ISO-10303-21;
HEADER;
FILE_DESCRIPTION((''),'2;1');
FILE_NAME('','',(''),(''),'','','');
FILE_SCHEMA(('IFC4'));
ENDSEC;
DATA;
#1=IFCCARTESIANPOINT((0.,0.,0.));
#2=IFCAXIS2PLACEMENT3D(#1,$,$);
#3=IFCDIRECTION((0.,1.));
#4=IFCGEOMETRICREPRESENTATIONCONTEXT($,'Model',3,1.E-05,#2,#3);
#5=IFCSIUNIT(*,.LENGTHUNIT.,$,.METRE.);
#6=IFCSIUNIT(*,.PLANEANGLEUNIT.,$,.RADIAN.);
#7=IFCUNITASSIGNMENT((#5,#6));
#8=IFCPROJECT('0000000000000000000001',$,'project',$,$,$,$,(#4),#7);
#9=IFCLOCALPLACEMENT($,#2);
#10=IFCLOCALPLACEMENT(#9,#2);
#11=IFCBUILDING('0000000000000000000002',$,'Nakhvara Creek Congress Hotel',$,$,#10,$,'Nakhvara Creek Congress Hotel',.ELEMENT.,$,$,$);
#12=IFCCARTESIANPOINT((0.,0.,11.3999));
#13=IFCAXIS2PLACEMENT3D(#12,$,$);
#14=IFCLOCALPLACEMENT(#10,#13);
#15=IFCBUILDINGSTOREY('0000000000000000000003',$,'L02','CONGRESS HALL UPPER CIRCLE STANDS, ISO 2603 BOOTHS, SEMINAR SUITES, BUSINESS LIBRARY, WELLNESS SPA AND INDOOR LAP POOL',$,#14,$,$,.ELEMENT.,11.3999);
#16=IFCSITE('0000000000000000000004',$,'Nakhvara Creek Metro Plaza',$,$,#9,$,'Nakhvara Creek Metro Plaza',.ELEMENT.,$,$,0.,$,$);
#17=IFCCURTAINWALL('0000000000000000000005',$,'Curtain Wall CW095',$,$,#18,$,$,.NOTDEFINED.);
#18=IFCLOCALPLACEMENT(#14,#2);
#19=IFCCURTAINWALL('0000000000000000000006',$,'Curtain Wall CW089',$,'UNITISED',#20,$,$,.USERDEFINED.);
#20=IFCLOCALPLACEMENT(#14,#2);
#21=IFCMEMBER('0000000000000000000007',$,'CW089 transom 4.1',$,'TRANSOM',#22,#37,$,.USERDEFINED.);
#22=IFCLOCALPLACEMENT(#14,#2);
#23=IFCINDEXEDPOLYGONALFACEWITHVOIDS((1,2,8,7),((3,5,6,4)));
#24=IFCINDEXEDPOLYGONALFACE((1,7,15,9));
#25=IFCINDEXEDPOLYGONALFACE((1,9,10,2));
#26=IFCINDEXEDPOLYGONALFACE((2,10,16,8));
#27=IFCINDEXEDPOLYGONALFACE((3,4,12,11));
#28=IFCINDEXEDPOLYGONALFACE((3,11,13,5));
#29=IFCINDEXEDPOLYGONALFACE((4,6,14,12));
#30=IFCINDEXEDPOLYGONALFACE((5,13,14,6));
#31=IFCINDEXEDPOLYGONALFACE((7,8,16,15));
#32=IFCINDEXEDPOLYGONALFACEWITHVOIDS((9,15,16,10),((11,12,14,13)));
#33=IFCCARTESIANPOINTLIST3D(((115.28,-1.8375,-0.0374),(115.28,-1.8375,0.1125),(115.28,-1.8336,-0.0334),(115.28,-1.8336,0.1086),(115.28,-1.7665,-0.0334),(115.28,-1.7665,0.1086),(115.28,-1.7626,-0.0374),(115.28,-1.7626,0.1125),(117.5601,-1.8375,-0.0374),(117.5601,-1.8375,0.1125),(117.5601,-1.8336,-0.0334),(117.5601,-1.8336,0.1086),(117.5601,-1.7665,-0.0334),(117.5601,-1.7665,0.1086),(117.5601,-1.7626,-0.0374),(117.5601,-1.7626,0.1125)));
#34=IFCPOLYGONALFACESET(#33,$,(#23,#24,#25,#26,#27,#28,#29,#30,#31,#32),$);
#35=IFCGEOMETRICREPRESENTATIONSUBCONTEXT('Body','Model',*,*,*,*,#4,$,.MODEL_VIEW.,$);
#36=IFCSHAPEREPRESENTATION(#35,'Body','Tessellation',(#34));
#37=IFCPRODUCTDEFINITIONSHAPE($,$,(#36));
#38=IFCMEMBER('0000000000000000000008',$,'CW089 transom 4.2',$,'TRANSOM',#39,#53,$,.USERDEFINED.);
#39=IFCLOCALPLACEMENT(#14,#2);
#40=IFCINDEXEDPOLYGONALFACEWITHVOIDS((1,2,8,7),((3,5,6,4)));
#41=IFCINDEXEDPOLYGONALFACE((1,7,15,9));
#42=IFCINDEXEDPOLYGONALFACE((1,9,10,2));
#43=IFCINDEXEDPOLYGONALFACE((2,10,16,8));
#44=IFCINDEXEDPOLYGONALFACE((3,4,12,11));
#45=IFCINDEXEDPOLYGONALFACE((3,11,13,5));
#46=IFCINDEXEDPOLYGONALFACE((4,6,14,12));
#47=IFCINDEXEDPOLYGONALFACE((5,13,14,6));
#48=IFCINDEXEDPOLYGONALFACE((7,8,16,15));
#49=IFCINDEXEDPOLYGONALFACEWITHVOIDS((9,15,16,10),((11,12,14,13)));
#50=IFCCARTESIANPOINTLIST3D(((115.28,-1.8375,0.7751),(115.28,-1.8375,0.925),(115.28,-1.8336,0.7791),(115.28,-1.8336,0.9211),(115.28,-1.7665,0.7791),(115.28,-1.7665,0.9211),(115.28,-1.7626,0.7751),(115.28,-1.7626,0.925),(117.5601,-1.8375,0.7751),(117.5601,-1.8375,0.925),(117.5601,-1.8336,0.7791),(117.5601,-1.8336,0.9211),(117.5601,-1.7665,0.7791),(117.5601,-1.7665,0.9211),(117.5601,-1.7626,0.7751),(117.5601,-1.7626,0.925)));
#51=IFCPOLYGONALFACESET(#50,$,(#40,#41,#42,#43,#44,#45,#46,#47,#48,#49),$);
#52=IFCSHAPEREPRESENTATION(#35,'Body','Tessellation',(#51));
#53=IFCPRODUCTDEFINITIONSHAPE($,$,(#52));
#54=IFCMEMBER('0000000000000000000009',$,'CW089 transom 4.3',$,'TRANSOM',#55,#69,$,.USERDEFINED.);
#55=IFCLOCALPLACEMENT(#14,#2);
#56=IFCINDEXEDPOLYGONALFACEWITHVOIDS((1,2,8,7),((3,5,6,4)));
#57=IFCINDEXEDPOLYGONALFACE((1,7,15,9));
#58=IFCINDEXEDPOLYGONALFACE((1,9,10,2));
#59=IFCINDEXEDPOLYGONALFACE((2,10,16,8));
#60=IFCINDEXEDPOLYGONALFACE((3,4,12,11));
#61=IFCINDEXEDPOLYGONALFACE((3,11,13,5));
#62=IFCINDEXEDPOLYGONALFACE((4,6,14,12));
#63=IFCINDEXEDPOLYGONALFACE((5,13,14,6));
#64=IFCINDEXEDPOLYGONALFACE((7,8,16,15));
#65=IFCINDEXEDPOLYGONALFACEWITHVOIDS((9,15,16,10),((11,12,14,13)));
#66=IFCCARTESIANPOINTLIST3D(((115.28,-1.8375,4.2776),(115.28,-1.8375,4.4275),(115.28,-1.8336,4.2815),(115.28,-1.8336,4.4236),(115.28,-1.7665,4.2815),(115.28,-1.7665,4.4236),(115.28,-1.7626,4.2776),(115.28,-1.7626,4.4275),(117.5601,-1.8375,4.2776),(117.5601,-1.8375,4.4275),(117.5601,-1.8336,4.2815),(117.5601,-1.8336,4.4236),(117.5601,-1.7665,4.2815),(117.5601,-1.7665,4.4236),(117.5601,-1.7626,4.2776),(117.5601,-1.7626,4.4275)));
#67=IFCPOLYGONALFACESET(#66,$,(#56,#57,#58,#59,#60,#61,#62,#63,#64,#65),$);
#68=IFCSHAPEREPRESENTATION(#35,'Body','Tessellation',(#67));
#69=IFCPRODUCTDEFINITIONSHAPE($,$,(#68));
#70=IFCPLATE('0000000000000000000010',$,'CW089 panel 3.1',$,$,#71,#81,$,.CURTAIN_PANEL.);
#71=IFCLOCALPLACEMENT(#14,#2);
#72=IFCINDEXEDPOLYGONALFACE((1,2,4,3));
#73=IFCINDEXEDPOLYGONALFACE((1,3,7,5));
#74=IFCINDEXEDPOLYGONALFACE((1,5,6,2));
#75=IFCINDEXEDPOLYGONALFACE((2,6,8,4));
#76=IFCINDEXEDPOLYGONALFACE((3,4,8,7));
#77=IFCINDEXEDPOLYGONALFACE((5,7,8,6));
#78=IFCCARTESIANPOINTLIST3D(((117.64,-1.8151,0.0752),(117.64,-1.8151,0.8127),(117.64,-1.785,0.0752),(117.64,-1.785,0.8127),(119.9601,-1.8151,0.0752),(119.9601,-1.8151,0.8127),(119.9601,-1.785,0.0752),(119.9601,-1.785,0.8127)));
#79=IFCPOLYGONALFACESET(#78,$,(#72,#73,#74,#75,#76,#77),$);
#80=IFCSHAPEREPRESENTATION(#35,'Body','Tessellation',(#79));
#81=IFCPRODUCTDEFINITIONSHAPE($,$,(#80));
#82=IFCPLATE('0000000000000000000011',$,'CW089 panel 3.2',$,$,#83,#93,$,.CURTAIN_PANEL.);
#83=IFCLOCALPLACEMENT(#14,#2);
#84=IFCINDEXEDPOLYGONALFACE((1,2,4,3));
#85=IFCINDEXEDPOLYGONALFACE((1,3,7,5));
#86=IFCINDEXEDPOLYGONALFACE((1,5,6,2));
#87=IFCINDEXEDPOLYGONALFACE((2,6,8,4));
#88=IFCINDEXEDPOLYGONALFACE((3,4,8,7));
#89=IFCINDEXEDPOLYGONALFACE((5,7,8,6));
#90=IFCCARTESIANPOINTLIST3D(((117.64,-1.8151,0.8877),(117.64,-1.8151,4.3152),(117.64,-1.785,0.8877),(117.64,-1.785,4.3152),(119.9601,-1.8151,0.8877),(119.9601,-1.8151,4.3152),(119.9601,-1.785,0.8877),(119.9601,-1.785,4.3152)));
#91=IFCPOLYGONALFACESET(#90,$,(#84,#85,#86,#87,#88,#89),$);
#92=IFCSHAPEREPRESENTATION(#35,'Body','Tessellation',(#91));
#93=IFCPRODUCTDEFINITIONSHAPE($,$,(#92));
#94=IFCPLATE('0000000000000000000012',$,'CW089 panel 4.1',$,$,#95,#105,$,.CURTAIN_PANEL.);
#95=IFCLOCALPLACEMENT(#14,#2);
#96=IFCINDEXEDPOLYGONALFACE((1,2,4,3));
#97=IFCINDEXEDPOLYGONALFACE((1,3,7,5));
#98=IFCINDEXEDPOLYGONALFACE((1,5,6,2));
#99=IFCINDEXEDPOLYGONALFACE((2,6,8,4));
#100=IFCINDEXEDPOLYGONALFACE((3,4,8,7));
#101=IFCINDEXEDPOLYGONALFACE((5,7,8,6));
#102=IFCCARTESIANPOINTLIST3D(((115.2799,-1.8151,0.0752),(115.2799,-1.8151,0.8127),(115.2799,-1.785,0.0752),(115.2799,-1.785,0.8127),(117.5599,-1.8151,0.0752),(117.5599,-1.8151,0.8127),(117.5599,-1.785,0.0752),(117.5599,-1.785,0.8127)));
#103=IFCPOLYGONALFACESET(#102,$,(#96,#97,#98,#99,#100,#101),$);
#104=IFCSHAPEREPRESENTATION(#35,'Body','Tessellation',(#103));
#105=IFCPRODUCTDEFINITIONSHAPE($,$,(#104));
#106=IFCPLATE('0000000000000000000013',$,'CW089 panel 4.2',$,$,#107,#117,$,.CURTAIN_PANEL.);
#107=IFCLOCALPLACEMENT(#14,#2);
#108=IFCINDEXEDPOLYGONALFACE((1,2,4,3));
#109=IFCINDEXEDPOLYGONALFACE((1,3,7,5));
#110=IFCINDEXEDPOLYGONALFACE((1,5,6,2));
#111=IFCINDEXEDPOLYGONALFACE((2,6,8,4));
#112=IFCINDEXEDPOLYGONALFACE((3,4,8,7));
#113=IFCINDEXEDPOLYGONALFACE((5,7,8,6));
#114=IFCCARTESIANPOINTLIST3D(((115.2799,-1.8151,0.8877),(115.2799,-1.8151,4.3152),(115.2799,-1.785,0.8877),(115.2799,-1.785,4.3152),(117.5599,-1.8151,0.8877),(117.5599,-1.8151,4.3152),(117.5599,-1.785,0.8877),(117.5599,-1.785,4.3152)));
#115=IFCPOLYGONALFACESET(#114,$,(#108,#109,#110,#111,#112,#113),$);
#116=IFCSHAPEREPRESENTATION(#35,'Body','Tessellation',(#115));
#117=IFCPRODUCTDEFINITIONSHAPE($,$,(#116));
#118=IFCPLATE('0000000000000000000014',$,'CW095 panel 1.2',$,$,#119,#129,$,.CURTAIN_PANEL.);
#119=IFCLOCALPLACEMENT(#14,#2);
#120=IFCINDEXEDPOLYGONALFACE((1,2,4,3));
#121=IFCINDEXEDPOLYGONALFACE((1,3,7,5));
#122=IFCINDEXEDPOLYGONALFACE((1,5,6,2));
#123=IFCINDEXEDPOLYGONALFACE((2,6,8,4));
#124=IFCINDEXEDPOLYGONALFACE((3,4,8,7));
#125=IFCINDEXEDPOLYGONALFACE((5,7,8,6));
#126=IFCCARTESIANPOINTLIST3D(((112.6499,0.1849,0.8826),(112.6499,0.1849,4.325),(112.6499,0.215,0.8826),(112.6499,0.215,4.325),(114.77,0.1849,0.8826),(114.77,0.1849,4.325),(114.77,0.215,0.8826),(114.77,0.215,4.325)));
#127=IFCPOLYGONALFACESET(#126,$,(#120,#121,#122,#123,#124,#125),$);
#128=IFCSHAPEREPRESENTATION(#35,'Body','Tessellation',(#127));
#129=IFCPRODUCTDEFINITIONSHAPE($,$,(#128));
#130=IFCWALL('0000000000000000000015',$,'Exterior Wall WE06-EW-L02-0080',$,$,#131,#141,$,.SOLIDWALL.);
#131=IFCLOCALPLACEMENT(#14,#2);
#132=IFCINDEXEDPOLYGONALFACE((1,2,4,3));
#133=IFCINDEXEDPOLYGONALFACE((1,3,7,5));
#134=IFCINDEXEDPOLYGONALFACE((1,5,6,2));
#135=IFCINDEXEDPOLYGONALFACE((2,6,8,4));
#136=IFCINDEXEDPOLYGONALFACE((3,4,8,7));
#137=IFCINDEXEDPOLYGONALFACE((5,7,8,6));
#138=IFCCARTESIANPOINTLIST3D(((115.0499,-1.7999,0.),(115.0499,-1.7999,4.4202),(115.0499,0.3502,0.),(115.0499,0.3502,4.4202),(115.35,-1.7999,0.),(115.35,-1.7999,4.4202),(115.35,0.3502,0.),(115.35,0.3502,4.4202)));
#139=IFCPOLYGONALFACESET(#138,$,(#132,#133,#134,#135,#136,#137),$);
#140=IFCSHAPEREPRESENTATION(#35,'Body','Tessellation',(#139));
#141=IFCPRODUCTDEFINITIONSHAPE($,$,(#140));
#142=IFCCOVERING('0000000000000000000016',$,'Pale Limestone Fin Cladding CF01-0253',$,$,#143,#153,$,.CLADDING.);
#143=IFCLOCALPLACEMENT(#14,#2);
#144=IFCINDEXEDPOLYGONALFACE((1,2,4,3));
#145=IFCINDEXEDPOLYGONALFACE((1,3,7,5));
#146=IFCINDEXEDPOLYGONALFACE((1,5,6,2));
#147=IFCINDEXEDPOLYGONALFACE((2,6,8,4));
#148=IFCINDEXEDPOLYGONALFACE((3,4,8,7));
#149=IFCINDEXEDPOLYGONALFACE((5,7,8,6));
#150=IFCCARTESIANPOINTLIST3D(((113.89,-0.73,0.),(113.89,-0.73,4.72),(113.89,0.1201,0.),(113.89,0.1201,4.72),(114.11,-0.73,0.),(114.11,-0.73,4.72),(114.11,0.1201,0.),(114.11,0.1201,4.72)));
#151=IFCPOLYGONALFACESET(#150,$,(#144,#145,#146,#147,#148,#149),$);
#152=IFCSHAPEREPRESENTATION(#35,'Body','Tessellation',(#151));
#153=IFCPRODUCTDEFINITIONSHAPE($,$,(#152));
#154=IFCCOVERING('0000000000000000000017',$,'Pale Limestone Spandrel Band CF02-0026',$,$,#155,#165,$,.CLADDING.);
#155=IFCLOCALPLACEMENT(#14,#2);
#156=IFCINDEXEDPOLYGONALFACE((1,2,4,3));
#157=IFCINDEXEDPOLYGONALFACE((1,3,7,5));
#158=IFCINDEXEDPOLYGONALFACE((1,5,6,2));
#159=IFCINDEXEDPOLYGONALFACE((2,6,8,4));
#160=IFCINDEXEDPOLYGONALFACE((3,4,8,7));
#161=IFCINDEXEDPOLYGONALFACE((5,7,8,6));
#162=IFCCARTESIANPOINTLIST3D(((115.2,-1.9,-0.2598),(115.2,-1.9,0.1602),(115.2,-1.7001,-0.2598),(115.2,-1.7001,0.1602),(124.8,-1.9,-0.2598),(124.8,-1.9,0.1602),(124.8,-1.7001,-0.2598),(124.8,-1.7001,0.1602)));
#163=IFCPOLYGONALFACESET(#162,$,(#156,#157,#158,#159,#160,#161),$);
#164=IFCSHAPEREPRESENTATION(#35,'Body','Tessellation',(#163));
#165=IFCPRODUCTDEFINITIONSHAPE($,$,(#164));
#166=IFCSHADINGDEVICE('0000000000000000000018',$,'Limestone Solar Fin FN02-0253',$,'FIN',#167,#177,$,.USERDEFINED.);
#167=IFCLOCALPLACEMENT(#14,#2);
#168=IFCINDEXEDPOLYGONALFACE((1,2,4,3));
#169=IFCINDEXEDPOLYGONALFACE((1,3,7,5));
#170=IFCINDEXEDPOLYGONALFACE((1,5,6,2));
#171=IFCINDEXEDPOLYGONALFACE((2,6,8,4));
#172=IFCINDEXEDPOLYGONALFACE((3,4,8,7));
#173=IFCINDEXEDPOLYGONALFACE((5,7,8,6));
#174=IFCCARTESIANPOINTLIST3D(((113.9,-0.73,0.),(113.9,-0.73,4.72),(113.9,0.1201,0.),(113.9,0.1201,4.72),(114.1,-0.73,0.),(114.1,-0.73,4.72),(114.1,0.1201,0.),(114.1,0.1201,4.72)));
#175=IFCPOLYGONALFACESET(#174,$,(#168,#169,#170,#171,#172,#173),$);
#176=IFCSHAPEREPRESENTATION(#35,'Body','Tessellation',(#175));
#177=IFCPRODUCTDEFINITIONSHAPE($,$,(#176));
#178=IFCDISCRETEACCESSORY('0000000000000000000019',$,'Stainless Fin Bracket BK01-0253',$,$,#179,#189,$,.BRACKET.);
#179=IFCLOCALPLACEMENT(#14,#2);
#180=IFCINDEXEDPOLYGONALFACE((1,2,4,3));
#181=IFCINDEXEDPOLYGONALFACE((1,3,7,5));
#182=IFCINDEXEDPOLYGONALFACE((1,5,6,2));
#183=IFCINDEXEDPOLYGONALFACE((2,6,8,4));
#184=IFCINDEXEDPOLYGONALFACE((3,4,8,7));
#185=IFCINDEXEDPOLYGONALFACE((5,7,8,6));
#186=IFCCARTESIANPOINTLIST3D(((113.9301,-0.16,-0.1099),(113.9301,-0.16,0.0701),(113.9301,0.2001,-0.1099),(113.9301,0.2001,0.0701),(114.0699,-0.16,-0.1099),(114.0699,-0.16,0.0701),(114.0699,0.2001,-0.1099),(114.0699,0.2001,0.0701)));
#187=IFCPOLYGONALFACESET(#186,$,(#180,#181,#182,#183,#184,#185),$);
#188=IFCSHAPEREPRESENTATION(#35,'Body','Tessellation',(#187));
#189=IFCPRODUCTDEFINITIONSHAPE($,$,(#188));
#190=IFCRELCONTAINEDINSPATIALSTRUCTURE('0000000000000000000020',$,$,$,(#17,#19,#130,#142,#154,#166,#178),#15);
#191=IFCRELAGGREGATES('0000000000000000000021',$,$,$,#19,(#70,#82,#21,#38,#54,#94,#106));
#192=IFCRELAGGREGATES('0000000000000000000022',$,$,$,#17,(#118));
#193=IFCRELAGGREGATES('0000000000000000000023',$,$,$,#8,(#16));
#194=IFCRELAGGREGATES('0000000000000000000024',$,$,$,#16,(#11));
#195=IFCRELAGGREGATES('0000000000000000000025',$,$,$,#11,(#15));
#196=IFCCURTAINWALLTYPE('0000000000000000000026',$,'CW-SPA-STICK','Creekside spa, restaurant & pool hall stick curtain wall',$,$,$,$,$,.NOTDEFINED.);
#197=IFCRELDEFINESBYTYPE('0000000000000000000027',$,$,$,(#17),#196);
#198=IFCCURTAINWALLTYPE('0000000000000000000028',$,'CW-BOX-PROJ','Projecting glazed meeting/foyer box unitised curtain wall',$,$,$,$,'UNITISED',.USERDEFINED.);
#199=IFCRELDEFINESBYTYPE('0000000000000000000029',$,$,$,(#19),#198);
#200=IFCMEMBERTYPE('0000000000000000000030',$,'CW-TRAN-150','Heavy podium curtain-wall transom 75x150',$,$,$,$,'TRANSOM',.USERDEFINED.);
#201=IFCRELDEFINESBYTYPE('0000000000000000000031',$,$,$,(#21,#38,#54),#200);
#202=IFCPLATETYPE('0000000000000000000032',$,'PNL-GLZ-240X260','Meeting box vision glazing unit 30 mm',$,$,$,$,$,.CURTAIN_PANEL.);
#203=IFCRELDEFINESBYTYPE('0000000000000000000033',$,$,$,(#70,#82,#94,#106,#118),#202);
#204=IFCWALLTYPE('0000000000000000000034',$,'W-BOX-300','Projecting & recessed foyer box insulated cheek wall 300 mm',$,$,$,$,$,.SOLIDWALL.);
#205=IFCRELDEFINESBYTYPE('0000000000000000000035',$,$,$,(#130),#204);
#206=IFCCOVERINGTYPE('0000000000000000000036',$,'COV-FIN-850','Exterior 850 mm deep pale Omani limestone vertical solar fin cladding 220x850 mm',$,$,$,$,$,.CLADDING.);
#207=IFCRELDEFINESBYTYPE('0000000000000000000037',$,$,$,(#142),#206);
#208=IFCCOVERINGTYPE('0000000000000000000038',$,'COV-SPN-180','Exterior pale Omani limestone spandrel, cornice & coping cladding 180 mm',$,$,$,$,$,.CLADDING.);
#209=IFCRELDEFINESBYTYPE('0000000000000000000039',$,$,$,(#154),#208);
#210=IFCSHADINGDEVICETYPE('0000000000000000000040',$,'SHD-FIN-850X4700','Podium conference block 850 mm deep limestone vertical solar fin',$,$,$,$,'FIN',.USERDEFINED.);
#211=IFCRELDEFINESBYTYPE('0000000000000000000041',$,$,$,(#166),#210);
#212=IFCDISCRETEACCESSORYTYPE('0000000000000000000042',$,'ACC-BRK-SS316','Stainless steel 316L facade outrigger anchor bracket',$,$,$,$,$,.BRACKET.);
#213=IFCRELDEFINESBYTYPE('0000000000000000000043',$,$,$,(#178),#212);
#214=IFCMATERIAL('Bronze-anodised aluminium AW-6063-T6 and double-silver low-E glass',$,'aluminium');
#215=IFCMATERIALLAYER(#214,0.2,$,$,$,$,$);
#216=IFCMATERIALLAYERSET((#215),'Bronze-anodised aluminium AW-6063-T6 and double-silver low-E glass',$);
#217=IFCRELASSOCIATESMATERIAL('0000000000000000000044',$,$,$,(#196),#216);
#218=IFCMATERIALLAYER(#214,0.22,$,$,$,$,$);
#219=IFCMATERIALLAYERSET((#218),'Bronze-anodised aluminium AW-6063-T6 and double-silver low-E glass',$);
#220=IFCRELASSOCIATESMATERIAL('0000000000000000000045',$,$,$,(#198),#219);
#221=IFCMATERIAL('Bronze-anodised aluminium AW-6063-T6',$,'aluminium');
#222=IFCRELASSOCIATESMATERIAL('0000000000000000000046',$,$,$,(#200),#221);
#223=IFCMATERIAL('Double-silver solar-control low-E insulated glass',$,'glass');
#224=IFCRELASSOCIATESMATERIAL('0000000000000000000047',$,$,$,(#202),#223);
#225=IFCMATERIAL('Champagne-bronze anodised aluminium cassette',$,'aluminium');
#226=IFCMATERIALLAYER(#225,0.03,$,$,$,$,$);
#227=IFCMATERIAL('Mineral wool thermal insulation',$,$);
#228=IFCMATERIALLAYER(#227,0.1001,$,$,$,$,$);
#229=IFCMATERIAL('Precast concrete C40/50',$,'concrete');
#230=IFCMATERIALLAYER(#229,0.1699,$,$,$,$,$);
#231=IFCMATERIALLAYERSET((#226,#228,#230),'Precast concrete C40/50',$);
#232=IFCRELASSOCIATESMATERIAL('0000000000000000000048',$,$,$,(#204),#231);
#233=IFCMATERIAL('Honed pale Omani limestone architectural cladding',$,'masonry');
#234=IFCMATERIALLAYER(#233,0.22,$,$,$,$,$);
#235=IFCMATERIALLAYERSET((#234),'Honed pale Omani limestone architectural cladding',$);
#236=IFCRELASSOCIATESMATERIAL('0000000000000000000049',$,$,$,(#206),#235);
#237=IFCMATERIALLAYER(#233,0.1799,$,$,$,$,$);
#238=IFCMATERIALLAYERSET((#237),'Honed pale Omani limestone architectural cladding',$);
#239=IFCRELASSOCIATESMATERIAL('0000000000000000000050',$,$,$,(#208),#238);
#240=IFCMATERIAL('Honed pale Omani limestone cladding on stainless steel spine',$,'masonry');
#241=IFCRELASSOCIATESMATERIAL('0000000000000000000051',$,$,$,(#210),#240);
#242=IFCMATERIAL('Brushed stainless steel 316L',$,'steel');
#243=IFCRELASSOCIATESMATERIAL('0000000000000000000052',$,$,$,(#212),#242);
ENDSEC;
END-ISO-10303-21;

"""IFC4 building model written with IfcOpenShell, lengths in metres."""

from ifc_helpers import new_model, si_unit, direction, frame, frame_2d, origin, origin_2d, place, context, subcontext, project, spatial, rectangle, hollow_rectangle, extrude, material, layer, layer_set, material_profile, profile_set, type_object, element, aggregate, save


model = new_model("IFC4")

# Units and contexts
model_context = context("Model", 3, precision=1e-05, world=origin(), true_north=direction((0.0, 1.0)))
body_context = subcontext(model_context, "Body", "Model", "MODEL_VIEW")
ifc_project = project(units=[si_unit("LENGTHUNIT", "METRE"), si_unit("PLANEANGLEUNIT", "RADIAN")], contexts=[model_context])

# Site, building, storey
site_placement = place(None, origin())
site = spatial("IfcSite", under=ifc_project, at=site_placement, Name="Nakhvara Creek Metro Plaza", LongName="Nakhvara Creek Metro Plaza", CompositionType="ELEMENT", RefElevation=0.0)
building_placement = place(site_placement, origin())
building = spatial("IfcBuilding", under=site, at=building_placement, Name="Nakhvara Creek Congress Hotel", LongName="Nakhvara Creek Congress Hotel", CompositionType="ELEMENT")
storey_placement = place(building_placement, frame((0.0, 0.0, 11.3999)))
storey = spatial("IfcBuildingStorey", under=building, at=storey_placement, Name="L02", Description="CONGRESS HALL UPPER CIRCLE STANDS, ISO 2603 BOOTHS, SEMINAR SUITES, BUSINESS LIBRARY, WELLNESS SPA AND INDOOR LAP POOL", CompositionType="ELEMENT", Elevation=11.3999)

# Curtain wall
ifc_material_1 = material(Name="Bronze-anodised aluminium AW-6063-T6 and double-silver low-E glass", Category="aluminium")
ifc_layer_1 = layer(ifc_material_1, 0.2)
ifc_layer_set_1 = layer_set([ifc_layer_1], Name="Bronze-anodised aluminium AW-6063-T6 and double-silver low-E glass")
curtain_wall_type_1 = type_object("IfcCurtainWallType", Name="CW-SPA-STICK", Description="Creekside spa, restaurant & pool hall stick curtain wall", PredefinedType="NOTDEFINED", material=ifc_layer_set_1)
curtain_wall_1_placement = place(storey_placement, origin())
curtain_wall_1 = element("IfcCurtainWall", 1, at=curtain_wall_1_placement, inside=storey, type_object=curtain_wall_type_1, Name="Curtain Wall CW095", PredefinedType="NOTDEFINED")
ifc_material_2 = material(Name="Bronze-anodised aluminium AW-6063-T6", Category="aluminium")

# Curtain wall
ifc_layer_2 = layer(ifc_material_1, 0.22)
ifc_layer_set_2 = layer_set([ifc_layer_2], Name="Bronze-anodised aluminium AW-6063-T6 and double-silver low-E glass")
curtain_wall_type_2 = type_object("IfcCurtainWallType", Name="CW-BOX-PROJ", Description="Projecting glazed meeting/foyer box unitised curtain wall", ElementType="UNITISED", PredefinedType="USERDEFINED", material=ifc_layer_set_2)
curtain_wall_2_placement = place(storey_placement, origin())
curtain_wall_2 = element("IfcCurtainWall", 2, at=curtain_wall_2_placement, inside=storey, type_object=curtain_wall_type_2, Name="Curtain Wall CW089", ObjectType="UNITISED", PredefinedType="USERDEFINED")

# Members
ifc_material_profile_1 = material_profile(ifc_material_2, hollow_rectangle(XDim=0.075, YDim=0.1499, WallThickness=0.0039, at=origin_2d()), Name="ALU-TRAN 75x150x4", Category="LoadBearing")
ifc_profile_set_1 = profile_set([ifc_material_profile_1], Name="Bronze-anodised aluminium AW-6063-T6")
member_type_1 = type_object("IfcMemberType", Name="CW-TRAN-150", Description="Heavy podium curtain-wall transom 75x150", ElementType="TRANSOM", PredefinedType="USERDEFINED", material=ifc_profile_set_1)
member_1_placement = place(storey_placement, frame((117.5601, -1.8, 0.0376), z_axis=(-1.0, 0.0, 0.0), x_axis=(0.0, -1.0, 0.0)))
member_1 = element("IfcMember", 3, at=member_1_placement, type_object=member_type_1, Name="CW089 transom 4.1", ObjectType="TRANSOM", PredefinedType="USERDEFINED", context=body_context, shape_type="SweptSolid", body=[
    extrude(hollow_rectangle(XDim=0.075, YDim=0.1499, WallThickness=0.0039, at=origin_2d()), origin(), (0.0, 0.0, 1.0), 2.28),
])
member_2_placement = place(storey_placement, frame((117.5601, -1.8, 0.8501), z_axis=(-1.0, 0.0, 0.0), x_axis=(0.0, -1.0, 0.0)))
member_2 = element("IfcMember", 4, at=member_2_placement, type_object=member_type_1, Name="CW089 transom 4.2", ObjectType="TRANSOM", PredefinedType="USERDEFINED", context=body_context, shape_type="SweptSolid", body=[
    extrude(hollow_rectangle(XDim=0.075, YDim=0.1499, WallThickness=0.0039, at=origin_2d()), origin(), (0.0, 0.0, 1.0), 2.28),
])
member_3_placement = place(storey_placement, frame((117.5601, -1.8, 4.3525), z_axis=(-1.0, 0.0, 0.0), x_axis=(0.0, -1.0, 0.0)))
member_3 = element("IfcMember", 5, at=member_3_placement, type_object=member_type_1, Name="CW089 transom 4.3", ObjectType="TRANSOM", PredefinedType="USERDEFINED", context=body_context, shape_type="SweptSolid", body=[
    extrude(hollow_rectangle(XDim=0.075, YDim=0.1499, WallThickness=0.0039, at=origin_2d()), origin(), (0.0, 0.0, 1.0), 2.28),
])

# Plates
ifc_material_3 = material(Name="Double-silver solar-control low-E insulated glass", Category="glass")
plate_type = type_object("IfcPlateType", Name="PNL-GLZ-240X260", Description="Meeting box vision glazing unit 30 mm", PredefinedType="CURTAIN_PANEL", material=ifc_material_3)
plate_1_placement = place(storey_placement, frame((118.8, -1.8, 0.0752), z_axis=(0.0, 0.0, 1.0), x_axis=(-1.0, 0.0, 0.0)))
plate_1 = element("IfcPlate", 6, at=plate_1_placement, type_object=plate_type, Name="CW089 panel 3.1", PredefinedType="CURTAIN_PANEL", context=body_context, shape_type="SweptSolid", body=[
    extrude(rectangle(XDim=2.3201, YDim=0.03, at=origin_2d()), origin(), (0.0, 0.0, 1.0), 0.7375),
])
plate_2_placement = place(storey_placement, frame((118.8, -1.8, 0.8877), z_axis=(0.0, 0.0, 1.0), x_axis=(-1.0, 0.0, 0.0)))
plate_2 = element("IfcPlate", 7, at=plate_2_placement, type_object=plate_type, Name="CW089 panel 3.2", PredefinedType="CURTAIN_PANEL", context=body_context, shape_type="SweptSolid", body=[
    extrude(rectangle(XDim=2.3201, YDim=0.03, at=origin_2d()), origin(), (0.0, 0.0, 1.0), 3.4275),
])
plate_3_placement = place(storey_placement, frame((116.4199, -1.8, 0.0752), z_axis=(0.0, 0.0, 1.0), x_axis=(-1.0, 0.0, 0.0)))
plate_3 = element("IfcPlate", 8, at=plate_3_placement, type_object=plate_type, Name="CW089 panel 4.1", PredefinedType="CURTAIN_PANEL", context=body_context, shape_type="SweptSolid", body=[
    extrude(rectangle(XDim=2.28, YDim=0.03, at=origin_2d()), origin(), (0.0, 0.0, 1.0), 0.7375),
])
plate_4_placement = place(storey_placement, frame((116.4199, -1.8, 0.8877), z_axis=(0.0, 0.0, 1.0), x_axis=(-1.0, 0.0, 0.0)))
plate_4 = element("IfcPlate", 9, at=plate_4_placement, type_object=plate_type, Name="CW089 panel 4.2", PredefinedType="CURTAIN_PANEL", context=body_context, shape_type="SweptSolid", body=[
    extrude(rectangle(XDim=2.28, YDim=0.03, at=origin_2d()), origin(), (0.0, 0.0, 1.0), 3.4275),
])
aggregate(curtain_wall_2, [plate_1, plate_2, member_1, member_2, member_3, plate_3, plate_4])
plate_5_placement = place(storey_placement, frame((113.71, 0.2, 0.8826), z_axis=(0.0, 0.0, 1.0), x_axis=(-1.0, 0.0, 0.0)))
plate_5 = element("IfcPlate", 10, at=plate_5_placement, type_object=plate_type, Name="CW095 panel 1.2", PredefinedType="CURTAIN_PANEL", context=body_context, shape_type="SweptSolid", body=[
    extrude(rectangle(XDim=2.1201, YDim=0.03, at=origin_2d()), origin(), (0.0, 0.0, 1.0), 3.4424),
])
aggregate(curtain_wall_1, [plate_5])

# Wall
ifc_material_4 = material(Name="Champagne-bronze anodised aluminium cassette", Category="aluminium")
ifc_layer_3 = layer(ifc_material_4, 0.03)
ifc_material_5 = material(Name="Mineral wool thermal insulation")
ifc_layer_4 = layer(ifc_material_5, 0.1001)
ifc_material_6 = material(Name="Precast concrete C40/50", Category="concrete")
ifc_layer_5 = layer(ifc_material_6, 0.1699)
ifc_layer_set_3 = layer_set([ifc_layer_3, ifc_layer_4, ifc_layer_5], Name="Precast concrete C40/50")
wall_type = type_object("IfcWallType", Name="W-BOX-300", Description="Projecting & recessed foyer box insulated cheek wall 300 mm", PredefinedType="SOLIDWALL", material=ifc_layer_set_3)
wall_placement = place(storey_placement, frame((115.2, -1.8, 0.0), z_axis=(0.0, 0.0, 1.0), x_axis=(0.0, 1.0, 0.0)))
element("IfcWall", 11, at=wall_placement, inside=storey, type_object=wall_type, Name="Exterior Wall WE06-EW-L02-0080", PredefinedType="SOLIDWALL", context=body_context, shape_type="SweptSolid", body=[
    extrude(rectangle(XDim=2.1501, YDim=0.3, at=frame_2d((1.0752, 0.0))), origin(), (0.0, 0.0, 1.0), 4.4202),
])

# Coverings
ifc_material_7 = material(Name="Honed pale Omani limestone architectural cladding", Category="masonry")
ifc_layer_6 = layer(ifc_material_7, 0.22)
ifc_layer_set_4 = layer_set([ifc_layer_6], Name="Honed pale Omani limestone architectural cladding")
covering_type_1 = type_object("IfcCoveringType", Name="COV-FIN-850", Description="Exterior 850 mm deep pale Omani limestone vertical solar fin cladding 220x850 mm", PredefinedType="CLADDING", material=ifc_layer_set_4)
covering_1_placement = place(storey_placement, frame((114.0, -0.3049, 0.0), z_axis=(0.0, 0.0, 1.0), x_axis=(1.0, 0.0, 0.0)))
element("IfcCovering", 12, at=covering_1_placement, inside=storey, type_object=covering_type_1, Name="Pale Limestone Fin Cladding CF01-0253", PredefinedType="CLADDING", context=body_context, shape_type="SweptSolid", body=[
    extrude(rectangle(XDim=0.22, YDim=0.8501, at=origin_2d()), origin(), (0.0, 0.0, 1.0), 4.72),
])
ifc_layer_7 = layer(ifc_material_7, 0.1799)
ifc_layer_set_5 = layer_set([ifc_layer_7], Name="Honed pale Omani limestone architectural cladding")
covering_type_2 = type_object("IfcCoveringType", Name="COV-SPN-180", Description="Exterior pale Omani limestone spandrel, cornice & coping cladding 180 mm", PredefinedType="CLADDING", material=ifc_layer_set_5)
covering_2_placement = place(storey_placement, frame((120.0, -1.8, -0.2598), z_axis=(0.0, 0.0, 1.0), x_axis=(1.0, 0.0, 0.0)))
element("IfcCovering", 13, at=covering_2_placement, inside=storey, type_object=covering_type_2, Name="Pale Limestone Spandrel Band CF02-0026", PredefinedType="CLADDING", context=body_context, shape_type="SweptSolid", body=[
    extrude(rectangle(XDim=9.6001, YDim=0.2, at=origin_2d()), origin(), (0.0, 0.0, 1.0), 0.4199),
])

# Shading device
ifc_material_8 = material(Name="Honed pale Omani limestone cladding on stainless steel spine", Category="masonry")
shading_device_type = type_object("IfcShadingDeviceType", Name="SHD-FIN-850X4700", Description="Podium conference block 850 mm deep limestone vertical solar fin", ElementType="FIN", PredefinedType="USERDEFINED", material=ifc_material_8)
shading_device_placement = place(storey_placement, frame((114.0, -0.3049, 0.0), z_axis=(0.0, 0.0, 1.0), x_axis=(1.0, 0.0, 0.0)))
element("IfcShadingDevice", 14, at=shading_device_placement, inside=storey, type_object=shading_device_type, Name="Limestone Solar Fin FN02-0253", ObjectType="FIN", PredefinedType="USERDEFINED", context=body_context, shape_type="SweptSolid", body=[
    extrude(rectangle(XDim=0.2, YDim=0.8501, at=origin_2d()), origin(), (0.0, 0.0, 1.0), 4.72),
])

# Discrete accessory
ifc_material_9 = material(Name="Brushed stainless steel 316L", Category="steel")
discrete_accessory_type = type_object("IfcDiscreteAccessoryType", Name="ACC-BRK-SS316", Description="Stainless steel 316L facade outrigger anchor bracket", PredefinedType="BRACKET", material=ifc_material_9)
discrete_accessory_placement = place(storey_placement, frame((114.0, 0.02, -0.1099), z_axis=(0.0, 0.0, 1.0), x_axis=(1.0, 0.0, 0.0)))
element("IfcDiscreteAccessory", 15, at=discrete_accessory_placement, inside=storey, type_object=discrete_accessory_type, Name="Stainless Fin Bracket BK01-0253", PredefinedType="BRACKET", context=body_context, shape_type="SweptSolid", body=[
    extrude(rectangle(XDim=0.1399, YDim=0.3601, at=origin_2d()), origin(), (0.0, 0.0, 1.0), 0.1799),
])

save(model, "model.ifc")
